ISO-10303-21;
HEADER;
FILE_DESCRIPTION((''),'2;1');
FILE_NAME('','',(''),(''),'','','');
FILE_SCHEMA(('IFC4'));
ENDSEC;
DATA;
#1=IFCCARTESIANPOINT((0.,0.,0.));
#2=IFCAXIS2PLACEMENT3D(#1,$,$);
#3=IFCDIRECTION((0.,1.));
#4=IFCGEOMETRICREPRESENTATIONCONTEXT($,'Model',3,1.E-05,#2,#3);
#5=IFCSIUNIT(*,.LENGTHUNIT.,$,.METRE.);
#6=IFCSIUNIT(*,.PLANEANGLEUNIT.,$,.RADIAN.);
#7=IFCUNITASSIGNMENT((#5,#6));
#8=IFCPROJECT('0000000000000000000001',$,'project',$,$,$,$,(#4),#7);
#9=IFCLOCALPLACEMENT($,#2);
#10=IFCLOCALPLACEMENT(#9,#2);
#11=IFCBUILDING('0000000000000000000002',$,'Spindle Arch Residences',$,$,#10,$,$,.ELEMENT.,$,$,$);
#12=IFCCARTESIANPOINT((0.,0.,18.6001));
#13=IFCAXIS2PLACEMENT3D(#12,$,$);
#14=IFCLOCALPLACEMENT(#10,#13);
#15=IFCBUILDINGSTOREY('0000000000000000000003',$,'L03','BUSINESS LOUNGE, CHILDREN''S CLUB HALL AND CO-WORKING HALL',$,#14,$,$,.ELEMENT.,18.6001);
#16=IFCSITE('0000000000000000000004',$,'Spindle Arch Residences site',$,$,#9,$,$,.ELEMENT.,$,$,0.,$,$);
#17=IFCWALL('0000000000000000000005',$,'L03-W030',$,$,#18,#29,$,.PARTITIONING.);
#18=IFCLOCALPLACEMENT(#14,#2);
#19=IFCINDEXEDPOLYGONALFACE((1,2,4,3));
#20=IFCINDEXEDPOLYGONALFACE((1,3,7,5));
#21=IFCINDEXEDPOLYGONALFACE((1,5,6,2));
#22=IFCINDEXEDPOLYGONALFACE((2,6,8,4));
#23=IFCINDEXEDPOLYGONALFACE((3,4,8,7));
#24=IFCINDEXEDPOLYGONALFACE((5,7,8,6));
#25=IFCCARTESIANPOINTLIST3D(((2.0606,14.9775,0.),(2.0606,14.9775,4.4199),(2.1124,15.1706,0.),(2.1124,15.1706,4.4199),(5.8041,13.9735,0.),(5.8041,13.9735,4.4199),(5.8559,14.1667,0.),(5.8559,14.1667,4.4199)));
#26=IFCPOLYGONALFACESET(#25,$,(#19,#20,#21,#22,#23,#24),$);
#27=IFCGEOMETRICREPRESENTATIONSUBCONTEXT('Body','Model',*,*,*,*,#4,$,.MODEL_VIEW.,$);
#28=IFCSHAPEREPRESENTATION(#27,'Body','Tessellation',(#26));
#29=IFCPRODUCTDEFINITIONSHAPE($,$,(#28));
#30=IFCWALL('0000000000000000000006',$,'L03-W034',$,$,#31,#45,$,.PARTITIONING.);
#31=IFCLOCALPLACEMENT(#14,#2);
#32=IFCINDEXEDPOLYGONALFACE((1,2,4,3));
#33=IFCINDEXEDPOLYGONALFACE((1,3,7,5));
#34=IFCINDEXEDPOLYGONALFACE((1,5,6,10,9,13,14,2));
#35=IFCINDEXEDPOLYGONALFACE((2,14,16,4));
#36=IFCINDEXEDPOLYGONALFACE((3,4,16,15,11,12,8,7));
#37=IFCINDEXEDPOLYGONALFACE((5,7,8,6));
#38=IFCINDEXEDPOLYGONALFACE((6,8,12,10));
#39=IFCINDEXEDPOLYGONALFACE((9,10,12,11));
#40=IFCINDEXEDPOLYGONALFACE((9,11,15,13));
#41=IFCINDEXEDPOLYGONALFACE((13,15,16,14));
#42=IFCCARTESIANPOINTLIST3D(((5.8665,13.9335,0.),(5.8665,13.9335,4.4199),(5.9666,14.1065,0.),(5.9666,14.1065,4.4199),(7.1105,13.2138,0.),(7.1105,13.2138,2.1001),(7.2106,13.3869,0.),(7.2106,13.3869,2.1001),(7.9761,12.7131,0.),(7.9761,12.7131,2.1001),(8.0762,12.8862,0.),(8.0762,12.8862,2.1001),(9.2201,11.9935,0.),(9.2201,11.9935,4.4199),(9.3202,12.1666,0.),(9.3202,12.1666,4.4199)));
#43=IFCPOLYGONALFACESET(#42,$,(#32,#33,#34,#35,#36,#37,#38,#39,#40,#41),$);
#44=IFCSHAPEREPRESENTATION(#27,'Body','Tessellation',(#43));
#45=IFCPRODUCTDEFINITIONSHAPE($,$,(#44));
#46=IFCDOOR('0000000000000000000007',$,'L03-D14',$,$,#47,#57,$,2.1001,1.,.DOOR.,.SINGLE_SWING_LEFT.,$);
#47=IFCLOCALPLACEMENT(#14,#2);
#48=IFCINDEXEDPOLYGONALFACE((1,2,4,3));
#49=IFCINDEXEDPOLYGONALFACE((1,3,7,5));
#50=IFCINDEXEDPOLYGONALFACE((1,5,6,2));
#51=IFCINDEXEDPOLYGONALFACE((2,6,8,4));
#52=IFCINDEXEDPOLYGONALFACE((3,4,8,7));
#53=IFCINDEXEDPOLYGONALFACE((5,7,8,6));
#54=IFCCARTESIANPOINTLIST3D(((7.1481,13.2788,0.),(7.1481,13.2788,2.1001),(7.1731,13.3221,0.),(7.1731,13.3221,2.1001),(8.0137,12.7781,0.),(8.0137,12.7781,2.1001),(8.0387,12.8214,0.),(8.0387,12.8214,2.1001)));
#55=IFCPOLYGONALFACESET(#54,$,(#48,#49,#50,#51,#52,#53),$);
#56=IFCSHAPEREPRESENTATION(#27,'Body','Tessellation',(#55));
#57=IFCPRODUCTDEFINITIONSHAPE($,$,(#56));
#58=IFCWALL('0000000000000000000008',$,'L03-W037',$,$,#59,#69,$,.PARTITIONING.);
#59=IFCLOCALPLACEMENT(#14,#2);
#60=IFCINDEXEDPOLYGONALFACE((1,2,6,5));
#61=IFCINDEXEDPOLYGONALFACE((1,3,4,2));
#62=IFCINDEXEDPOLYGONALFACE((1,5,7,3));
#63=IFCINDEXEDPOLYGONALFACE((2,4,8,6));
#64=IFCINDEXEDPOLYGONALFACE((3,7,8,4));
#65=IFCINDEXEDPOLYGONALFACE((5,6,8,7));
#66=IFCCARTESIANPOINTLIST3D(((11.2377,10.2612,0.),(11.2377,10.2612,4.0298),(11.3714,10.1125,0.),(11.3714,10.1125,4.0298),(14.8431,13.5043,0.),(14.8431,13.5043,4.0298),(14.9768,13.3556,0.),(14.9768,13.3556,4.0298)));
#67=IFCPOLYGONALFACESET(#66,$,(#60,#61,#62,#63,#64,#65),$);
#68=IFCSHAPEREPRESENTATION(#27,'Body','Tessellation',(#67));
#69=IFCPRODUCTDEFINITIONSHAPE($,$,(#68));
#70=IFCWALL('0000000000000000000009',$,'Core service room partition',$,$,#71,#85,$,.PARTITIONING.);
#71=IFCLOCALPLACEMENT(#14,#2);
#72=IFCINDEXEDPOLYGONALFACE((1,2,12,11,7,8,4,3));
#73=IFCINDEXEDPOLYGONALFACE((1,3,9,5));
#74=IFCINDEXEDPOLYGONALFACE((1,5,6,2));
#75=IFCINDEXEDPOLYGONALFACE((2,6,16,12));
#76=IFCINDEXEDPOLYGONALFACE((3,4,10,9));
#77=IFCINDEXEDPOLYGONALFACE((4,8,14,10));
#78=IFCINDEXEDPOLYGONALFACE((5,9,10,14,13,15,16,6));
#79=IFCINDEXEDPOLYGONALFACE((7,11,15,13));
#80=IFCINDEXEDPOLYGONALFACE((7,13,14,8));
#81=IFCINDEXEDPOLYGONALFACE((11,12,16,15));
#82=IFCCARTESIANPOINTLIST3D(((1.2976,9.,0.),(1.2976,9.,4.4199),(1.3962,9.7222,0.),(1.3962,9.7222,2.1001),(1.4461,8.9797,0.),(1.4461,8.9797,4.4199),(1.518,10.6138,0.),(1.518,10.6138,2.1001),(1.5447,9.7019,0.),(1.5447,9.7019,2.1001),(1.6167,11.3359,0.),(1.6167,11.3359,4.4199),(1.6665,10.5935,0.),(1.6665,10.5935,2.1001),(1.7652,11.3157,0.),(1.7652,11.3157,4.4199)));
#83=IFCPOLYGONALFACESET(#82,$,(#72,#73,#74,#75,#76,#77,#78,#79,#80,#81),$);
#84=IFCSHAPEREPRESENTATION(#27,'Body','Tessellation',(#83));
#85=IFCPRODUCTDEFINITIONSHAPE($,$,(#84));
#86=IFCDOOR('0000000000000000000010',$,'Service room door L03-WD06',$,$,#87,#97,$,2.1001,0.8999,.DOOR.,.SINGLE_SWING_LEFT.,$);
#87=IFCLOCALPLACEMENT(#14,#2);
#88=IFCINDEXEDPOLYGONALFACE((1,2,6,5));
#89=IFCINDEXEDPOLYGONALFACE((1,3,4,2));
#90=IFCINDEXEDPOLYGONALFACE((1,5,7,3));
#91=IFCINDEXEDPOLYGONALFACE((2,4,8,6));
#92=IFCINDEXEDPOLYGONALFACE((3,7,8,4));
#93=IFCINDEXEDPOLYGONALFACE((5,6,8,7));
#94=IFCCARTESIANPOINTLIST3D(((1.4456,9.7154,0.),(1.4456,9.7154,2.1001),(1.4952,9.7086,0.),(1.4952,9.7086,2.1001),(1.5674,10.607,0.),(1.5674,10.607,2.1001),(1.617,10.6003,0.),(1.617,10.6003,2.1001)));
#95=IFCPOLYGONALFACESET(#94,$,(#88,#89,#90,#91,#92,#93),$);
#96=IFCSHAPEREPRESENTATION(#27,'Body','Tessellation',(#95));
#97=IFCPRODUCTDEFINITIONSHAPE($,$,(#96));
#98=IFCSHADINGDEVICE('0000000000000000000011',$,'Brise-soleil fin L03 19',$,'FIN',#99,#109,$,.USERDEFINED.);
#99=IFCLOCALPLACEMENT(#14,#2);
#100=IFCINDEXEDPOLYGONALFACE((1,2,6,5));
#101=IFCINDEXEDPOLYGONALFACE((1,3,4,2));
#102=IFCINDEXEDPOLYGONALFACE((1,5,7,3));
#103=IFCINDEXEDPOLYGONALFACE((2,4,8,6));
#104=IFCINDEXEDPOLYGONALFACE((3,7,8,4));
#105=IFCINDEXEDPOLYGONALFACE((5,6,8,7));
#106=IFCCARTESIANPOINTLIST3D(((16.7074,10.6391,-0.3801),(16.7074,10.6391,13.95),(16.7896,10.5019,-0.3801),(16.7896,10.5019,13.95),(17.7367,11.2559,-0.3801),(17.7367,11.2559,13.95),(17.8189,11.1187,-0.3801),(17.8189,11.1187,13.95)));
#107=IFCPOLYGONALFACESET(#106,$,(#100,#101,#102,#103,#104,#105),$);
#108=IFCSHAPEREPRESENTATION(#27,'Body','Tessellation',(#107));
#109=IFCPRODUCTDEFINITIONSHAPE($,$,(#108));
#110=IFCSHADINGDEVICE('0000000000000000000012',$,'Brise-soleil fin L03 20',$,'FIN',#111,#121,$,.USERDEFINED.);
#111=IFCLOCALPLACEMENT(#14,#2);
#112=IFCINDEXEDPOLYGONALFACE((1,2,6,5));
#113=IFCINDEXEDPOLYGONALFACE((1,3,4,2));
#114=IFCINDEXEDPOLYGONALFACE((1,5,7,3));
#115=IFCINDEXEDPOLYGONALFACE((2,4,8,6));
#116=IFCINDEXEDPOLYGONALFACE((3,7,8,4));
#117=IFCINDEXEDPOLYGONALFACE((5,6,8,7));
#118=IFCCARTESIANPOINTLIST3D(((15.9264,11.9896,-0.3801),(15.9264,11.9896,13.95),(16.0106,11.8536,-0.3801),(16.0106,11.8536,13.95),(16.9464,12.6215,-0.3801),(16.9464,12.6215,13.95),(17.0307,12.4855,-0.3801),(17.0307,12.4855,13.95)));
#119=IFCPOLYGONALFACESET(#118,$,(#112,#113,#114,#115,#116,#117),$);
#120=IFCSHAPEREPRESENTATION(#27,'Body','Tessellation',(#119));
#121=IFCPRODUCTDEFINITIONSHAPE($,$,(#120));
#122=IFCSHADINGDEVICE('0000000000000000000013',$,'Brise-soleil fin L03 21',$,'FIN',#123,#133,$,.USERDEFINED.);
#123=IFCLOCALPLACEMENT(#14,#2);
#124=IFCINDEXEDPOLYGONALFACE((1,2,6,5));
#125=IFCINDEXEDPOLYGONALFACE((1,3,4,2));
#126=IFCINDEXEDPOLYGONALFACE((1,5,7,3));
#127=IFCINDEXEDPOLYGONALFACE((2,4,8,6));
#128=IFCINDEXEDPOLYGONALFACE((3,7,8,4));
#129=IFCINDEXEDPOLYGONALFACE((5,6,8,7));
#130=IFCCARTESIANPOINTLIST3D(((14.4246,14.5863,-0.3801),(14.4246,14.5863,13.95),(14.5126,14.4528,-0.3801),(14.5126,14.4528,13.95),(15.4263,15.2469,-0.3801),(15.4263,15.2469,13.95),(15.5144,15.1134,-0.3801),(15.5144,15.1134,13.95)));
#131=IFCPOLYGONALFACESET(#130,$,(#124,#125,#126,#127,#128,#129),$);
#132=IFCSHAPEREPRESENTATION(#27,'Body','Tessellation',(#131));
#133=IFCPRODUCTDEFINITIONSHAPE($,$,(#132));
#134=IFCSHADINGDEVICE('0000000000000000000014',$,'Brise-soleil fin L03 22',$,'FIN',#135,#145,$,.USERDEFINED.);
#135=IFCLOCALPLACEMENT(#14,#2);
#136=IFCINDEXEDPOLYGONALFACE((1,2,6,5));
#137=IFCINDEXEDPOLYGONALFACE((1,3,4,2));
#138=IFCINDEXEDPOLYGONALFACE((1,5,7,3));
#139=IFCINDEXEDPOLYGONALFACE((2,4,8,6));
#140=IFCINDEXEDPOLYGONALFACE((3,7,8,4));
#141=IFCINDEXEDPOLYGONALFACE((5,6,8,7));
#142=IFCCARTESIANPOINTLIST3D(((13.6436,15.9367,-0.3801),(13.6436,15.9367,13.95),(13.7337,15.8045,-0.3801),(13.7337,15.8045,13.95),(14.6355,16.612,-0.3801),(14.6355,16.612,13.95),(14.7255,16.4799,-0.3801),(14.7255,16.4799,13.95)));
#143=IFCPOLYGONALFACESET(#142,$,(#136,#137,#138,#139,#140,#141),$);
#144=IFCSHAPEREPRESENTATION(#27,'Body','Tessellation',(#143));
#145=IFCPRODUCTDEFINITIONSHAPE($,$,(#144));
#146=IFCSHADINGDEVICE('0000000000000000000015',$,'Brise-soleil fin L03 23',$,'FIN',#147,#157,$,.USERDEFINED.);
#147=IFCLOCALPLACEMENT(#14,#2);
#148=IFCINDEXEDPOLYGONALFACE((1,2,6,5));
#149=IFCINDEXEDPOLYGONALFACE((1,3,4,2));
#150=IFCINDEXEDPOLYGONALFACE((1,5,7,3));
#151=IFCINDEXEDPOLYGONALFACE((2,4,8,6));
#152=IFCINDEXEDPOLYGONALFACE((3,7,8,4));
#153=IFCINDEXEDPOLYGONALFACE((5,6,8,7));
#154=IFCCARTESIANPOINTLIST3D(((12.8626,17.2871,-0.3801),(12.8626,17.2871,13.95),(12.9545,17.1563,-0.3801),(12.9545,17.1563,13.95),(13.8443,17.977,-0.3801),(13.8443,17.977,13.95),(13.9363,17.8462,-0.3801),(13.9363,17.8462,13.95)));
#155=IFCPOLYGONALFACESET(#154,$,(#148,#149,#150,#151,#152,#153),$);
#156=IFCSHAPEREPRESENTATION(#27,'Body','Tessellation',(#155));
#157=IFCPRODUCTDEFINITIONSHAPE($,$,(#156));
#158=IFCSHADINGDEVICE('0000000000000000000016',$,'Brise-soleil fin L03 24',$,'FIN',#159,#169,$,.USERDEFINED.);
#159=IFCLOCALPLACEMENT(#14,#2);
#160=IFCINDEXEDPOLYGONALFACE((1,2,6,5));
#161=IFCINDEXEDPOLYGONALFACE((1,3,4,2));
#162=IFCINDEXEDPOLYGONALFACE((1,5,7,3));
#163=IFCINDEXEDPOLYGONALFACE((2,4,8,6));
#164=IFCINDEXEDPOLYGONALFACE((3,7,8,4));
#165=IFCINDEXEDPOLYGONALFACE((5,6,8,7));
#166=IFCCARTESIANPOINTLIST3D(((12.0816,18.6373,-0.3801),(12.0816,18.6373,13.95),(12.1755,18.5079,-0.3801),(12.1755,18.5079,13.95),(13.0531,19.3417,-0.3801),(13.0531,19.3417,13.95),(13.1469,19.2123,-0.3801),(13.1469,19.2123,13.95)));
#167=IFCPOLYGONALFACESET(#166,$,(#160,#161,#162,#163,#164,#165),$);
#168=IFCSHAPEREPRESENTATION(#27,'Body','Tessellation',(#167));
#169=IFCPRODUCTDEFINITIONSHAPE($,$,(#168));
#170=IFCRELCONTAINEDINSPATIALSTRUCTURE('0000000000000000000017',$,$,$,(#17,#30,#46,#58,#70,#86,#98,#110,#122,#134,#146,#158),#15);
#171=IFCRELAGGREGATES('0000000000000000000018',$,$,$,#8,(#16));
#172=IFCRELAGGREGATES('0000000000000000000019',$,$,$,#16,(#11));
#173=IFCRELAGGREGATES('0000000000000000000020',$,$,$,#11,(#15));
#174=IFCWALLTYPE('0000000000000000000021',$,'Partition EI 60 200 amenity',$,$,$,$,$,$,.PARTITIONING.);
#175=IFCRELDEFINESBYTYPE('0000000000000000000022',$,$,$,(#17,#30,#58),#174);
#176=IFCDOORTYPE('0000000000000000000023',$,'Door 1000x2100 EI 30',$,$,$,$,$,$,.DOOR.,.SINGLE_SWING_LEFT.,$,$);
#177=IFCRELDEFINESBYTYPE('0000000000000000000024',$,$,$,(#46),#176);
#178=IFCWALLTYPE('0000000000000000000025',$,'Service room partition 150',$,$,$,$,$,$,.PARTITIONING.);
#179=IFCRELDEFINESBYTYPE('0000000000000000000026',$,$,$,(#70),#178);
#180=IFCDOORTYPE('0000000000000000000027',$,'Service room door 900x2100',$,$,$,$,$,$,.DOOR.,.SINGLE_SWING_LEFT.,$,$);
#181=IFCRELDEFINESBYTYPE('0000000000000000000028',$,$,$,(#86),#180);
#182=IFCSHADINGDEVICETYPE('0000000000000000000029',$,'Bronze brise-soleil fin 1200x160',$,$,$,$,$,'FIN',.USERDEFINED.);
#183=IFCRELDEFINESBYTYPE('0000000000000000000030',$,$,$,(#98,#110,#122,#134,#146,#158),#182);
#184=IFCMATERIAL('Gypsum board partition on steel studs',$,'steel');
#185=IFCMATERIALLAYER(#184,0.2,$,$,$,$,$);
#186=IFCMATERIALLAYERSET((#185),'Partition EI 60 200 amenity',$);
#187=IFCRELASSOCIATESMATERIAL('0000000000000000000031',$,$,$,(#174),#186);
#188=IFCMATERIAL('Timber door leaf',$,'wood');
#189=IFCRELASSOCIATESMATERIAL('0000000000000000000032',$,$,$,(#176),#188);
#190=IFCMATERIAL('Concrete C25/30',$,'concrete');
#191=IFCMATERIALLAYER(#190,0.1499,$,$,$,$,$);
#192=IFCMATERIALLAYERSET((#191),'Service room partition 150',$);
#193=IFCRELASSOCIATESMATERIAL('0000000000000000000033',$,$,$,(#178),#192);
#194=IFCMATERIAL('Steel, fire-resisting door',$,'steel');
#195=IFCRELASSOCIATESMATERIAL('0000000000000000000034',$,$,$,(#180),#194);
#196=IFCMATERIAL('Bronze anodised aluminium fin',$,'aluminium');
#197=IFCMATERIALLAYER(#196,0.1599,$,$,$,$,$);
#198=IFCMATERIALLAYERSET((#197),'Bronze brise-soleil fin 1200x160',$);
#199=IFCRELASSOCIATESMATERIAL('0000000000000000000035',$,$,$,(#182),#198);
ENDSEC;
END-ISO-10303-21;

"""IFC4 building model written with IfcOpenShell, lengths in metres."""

from ifc_helpers import new_model, si_unit, direction, frame, frame_2d, origin, origin_2d, place, context, subcontext, project, spatial, rectangle, extrude, material, layer, layer_set, type_object, element, fill, save


model = new_model("IFC4")

# Units and contexts
model_context = context("Model", 3, precision=1e-05, world=origin(), true_north=direction((0.0, 1.0)))
body_context = subcontext(model_context, "Body", "Model", "MODEL_VIEW")
ifc_project = project(units=[si_unit("LENGTHUNIT", "METRE"), si_unit("PLANEANGLEUNIT", "RADIAN")], contexts=[model_context])

# Site, building, storey
site_placement = place(None, origin())
site = spatial("IfcSite", under=ifc_project, at=site_placement, Name="Spindle Arch Residences site", CompositionType="ELEMENT", RefElevation=0.0)
building_placement = place(site_placement, origin())
building = spatial("IfcBuilding", under=site, at=building_placement, Name="Spindle Arch Residences", CompositionType="ELEMENT")
storey_placement = place(building_placement, frame((0.0, 0.0, 18.6001)))
storey = spatial("IfcBuildingStorey", under=building, at=storey_placement, Name="L03", Description="BUSINESS LOUNGE, CHILDREN'S CLUB HALL AND CO-WORKING HALL", CompositionType="ELEMENT", Elevation=18.6001)

# Shared definitions
ifc_material_1 = material(Name="Gypsum board partition on steel studs", Category="steel")
ifc_layer_1 = layer(ifc_material_1, 0.2)
ifc_layer_set_1 = layer_set([ifc_layer_1], Name="Partition EI 60 200 amenity")
wall_type_1 = type_object("IfcWallType", Name="Partition EI 60 200 amenity", PredefinedType="PARTITIONING", material=ifc_layer_set_1)

# Wall
wall_1_placement = place(storey_placement, frame((5.8301, 14.0701, 0.0), z_axis=(0.0, 0.0, 1.0), x_axis=(-0.96587, 0.259027, 0.0)))
element("IfcWall", 1, at=wall_1_placement, inside=storey, type_object=wall_type_1, Name="L03-W030", PredefinedType="PARTITIONING", context=body_context, shape_type="SweptSolid", body=[
    extrude(rectangle(XDim=3.8757, YDim=0.2, at=frame_2d((1.938, 0.0))), origin(), (0.0, 0.0, 1.0), 4.4199),
])

# Wall, opening, door
wall_2_placement = place(storey_placement, frame((9.27, 12.0801, 0.0), z_axis=(0.0, 0.0, 1.0), x_axis=(-0.865602, 0.500733, 0.0)))
wall_2 = element("IfcWall", 2, at=wall_2_placement, inside=storey, type_object=wall_type_1, Name="L03-W034", PredefinedType="PARTITIONING", context=body_context, shape_type="SweptSolid", body=[
    extrude(rectangle(XDim=3.8743, YDim=0.2, at=frame_2d((1.937, 0.0))), origin(), (0.0, 0.0, 1.0), 4.4199),
])
opening_1_placement = place(wall_2_placement, frame((1.437, 0.0, 0.0)))
opening_1 = element("IfcOpeningElement", 3, at=opening_1_placement, cuts=wall_2, PredefinedType="OPENING", context=body_context, shape_type="SweptSolid", body=[
    extrude(rectangle(XDim=1.0, YDim=2.1001, at=frame_2d((0.5, 1.05))), frame((0.0, 0.1099, 0.0), z_axis=(0.0, -1.0, 0.0), x_axis=(1.0, 0.0, 0.0)), (0.0, 0.0, 1.0), 0.22),
])
ifc_material_2 = material(Name="Timber door leaf", Category="wood")
door_type_1 = type_object("IfcDoorType", Name="Door 1000x2100 EI 30", OperationType="SINGLE_SWING_LEFT", PredefinedType="DOOR", material=ifc_material_2)
door_1_placement = place(opening_1_placement, origin())
door_1 = element("IfcDoor", 4, at=door_1_placement, inside=storey, type_object=door_type_1, Name="L03-D14", OperationType="SINGLE_SWING_LEFT", OverallHeight=2.1001, OverallWidth=1.0, PredefinedType="DOOR", context=body_context, shape_type="SweptSolid", body=[
    extrude(rectangle(XDim=1.0, YDim=2.1001, at=frame_2d((0.5, 1.05))), frame((0.0, 0.0249, 0.0), z_axis=(0.0, -1.0, 0.0), x_axis=(1.0, 0.0, 0.0)), (0.0, 0.0, 1.0), 0.05),
])
fill(opening_1, door_1)

# Wall
wall_3_placement = place(storey_placement, frame((11.3044, 10.1868, 0.0), z_axis=(0.0, 0.0, 1.0), x_axis=(0.743474, 0.668764, 0.0)))
element("IfcWall", 5, at=wall_3_placement, inside=storey, type_object=wall_type_1, Name="L03-W037", PredefinedType="PARTITIONING", context=body_context, shape_type="SweptSolid", body=[
    extrude(rectangle(XDim=4.8494, YDim=0.2, at=frame_2d((2.4248, 0.0))), origin(), (0.0, 0.0, 1.0), 4.0298),
])

# Wall, opening, door
ifc_material_3 = material(Name="Concrete C25/30", Category="concrete")
ifc_layer_2 = layer(ifc_material_3, 0.1499)
ifc_layer_set_2 = layer_set([ifc_layer_2], Name="Service room partition 150")
wall_type_2 = type_object("IfcWallType", Name="Service room partition 150", PredefinedType="PARTITIONING", material=ifc_layer_set_2)
wall_4_placement = place(storey_placement, frame((1.6909, 11.3257, 0.0), z_axis=(0.0, 0.0, 1.0), x_axis=(-0.135344, -0.990799, 0.0)))
wall_4 = element("IfcWall", 6, at=wall_4_placement, inside=storey, type_object=wall_type_2, Name="Core service room partition", PredefinedType="PARTITIONING", context=body_context, shape_type="SweptSolid", body=[
    extrude(rectangle(XDim=2.3577, YDim=0.1499, at=frame_2d((1.1787, 0.0))), origin(), (0.0, 0.0, 1.0), 4.4199),
])
opening_2_placement = place(wall_4_placement, frame((0.7288, 0.0, 0.0)))
opening_2 = element("IfcOpeningElement", 7, at=opening_2_placement, cuts=wall_4, PredefinedType="OPENING", context=body_context, shape_type="SweptSolid", body=[
    extrude(rectangle(XDim=0.8999, YDim=2.1001, at=frame_2d((0.45, 1.05))), frame((0.0, 0.085, 0.0), z_axis=(0.0, -1.0, 0.0), x_axis=(1.0, 0.0, 0.0)), (0.0, 0.0, 1.0), 0.1699),
])
ifc_material_4 = material(Name="Steel, fire-resisting door", Category="steel")
door_type_2 = type_object("IfcDoorType", Name="Service room door 900x2100", OperationType="SINGLE_SWING_LEFT", PredefinedType="DOOR", material=ifc_material_4)
door_2_placement = place(opening_2_placement, origin())
door_2 = element("IfcDoor", 8, at=door_2_placement, inside=storey, type_object=door_type_2, Name="Service room door L03-WD06", OperationType="SINGLE_SWING_LEFT", OverallHeight=2.1001, OverallWidth=0.8999, PredefinedType="DOOR", context=body_context, shape_type="SweptSolid", body=[
    extrude(rectangle(XDim=0.8999, YDim=2.1001, at=frame_2d((0.45, 1.05))), frame((0.0, 0.0249, 0.0), z_axis=(0.0, -1.0, 0.0), x_axis=(1.0, 0.0, 0.0)), (0.0, 0.0, 1.0), 0.05),
])
fill(opening_2, door_2)

# Shading devices
ifc_material_5 = material(Name="Bronze anodised aluminium fin", Category="aluminium")
ifc_layer_3 = layer(ifc_material_5, 0.1599)
ifc_layer_set_3 = layer_set([ifc_layer_3], Name="Bronze brise-soleil fin 1200x160")
shading_device_type = type_object("IfcShadingDeviceType", Name="Bronze brise-soleil fin 1200x160", ElementType="FIN", PredefinedType="USERDEFINED", material=ifc_layer_set_3)
for number, where, z_axis, x_axis, name in (
    (9, (17.2632, 10.8789, -0.3801), (0.0, 0.0, 1.0), (0.857777, 0.514021, 0.0), "Brise-soleil fin L03 19"),
    (10, (16.4785, 12.2375, -0.3801), (0.0, 0.0, 1.0), (0.850091, 0.526635, 0.0), "Brise-soleil fin L03 20"),
    (11, (14.9695, 14.8499, -0.3801), (0.0, 0.0, 1.0), (0.834791, 0.550567, 0.0), "Brise-soleil fin L03 21"),
    (12, (14.1846, 16.2083, -0.3801), (0.0, 0.0, 1.0), (0.826568, 0.562837, 0.0), "Brise-soleil fin L03 22"),
    (13, (13.3994, 17.5667, -0.3801), (0.0, 0.0, 1.0), (0.818164, 0.574985, 0.0), "Brise-soleil fin L03 23"),
    (14, (12.6143, 18.9248, -0.3801), (0.0, 0.0, 1.0), (0.809582, 0.587007, 0.0), "Brise-soleil fin L03 24"),
):
    element("IfcShadingDevice", number, at=place(storey_placement, frame(where, z_axis=z_axis, x_axis=x_axis)), inside=storey, type_object=shading_device_type, Name=name, ObjectType="FIN", PredefinedType="USERDEFINED", context=body_context, shape_type="SweptSolid", body=[
        extrude(rectangle(XDim=1.2, YDim=0.1599, at=origin_2d()), origin(), (0.0, 0.0, 1.0), 14.3301),
    ])

save(model, "model.ifc")
